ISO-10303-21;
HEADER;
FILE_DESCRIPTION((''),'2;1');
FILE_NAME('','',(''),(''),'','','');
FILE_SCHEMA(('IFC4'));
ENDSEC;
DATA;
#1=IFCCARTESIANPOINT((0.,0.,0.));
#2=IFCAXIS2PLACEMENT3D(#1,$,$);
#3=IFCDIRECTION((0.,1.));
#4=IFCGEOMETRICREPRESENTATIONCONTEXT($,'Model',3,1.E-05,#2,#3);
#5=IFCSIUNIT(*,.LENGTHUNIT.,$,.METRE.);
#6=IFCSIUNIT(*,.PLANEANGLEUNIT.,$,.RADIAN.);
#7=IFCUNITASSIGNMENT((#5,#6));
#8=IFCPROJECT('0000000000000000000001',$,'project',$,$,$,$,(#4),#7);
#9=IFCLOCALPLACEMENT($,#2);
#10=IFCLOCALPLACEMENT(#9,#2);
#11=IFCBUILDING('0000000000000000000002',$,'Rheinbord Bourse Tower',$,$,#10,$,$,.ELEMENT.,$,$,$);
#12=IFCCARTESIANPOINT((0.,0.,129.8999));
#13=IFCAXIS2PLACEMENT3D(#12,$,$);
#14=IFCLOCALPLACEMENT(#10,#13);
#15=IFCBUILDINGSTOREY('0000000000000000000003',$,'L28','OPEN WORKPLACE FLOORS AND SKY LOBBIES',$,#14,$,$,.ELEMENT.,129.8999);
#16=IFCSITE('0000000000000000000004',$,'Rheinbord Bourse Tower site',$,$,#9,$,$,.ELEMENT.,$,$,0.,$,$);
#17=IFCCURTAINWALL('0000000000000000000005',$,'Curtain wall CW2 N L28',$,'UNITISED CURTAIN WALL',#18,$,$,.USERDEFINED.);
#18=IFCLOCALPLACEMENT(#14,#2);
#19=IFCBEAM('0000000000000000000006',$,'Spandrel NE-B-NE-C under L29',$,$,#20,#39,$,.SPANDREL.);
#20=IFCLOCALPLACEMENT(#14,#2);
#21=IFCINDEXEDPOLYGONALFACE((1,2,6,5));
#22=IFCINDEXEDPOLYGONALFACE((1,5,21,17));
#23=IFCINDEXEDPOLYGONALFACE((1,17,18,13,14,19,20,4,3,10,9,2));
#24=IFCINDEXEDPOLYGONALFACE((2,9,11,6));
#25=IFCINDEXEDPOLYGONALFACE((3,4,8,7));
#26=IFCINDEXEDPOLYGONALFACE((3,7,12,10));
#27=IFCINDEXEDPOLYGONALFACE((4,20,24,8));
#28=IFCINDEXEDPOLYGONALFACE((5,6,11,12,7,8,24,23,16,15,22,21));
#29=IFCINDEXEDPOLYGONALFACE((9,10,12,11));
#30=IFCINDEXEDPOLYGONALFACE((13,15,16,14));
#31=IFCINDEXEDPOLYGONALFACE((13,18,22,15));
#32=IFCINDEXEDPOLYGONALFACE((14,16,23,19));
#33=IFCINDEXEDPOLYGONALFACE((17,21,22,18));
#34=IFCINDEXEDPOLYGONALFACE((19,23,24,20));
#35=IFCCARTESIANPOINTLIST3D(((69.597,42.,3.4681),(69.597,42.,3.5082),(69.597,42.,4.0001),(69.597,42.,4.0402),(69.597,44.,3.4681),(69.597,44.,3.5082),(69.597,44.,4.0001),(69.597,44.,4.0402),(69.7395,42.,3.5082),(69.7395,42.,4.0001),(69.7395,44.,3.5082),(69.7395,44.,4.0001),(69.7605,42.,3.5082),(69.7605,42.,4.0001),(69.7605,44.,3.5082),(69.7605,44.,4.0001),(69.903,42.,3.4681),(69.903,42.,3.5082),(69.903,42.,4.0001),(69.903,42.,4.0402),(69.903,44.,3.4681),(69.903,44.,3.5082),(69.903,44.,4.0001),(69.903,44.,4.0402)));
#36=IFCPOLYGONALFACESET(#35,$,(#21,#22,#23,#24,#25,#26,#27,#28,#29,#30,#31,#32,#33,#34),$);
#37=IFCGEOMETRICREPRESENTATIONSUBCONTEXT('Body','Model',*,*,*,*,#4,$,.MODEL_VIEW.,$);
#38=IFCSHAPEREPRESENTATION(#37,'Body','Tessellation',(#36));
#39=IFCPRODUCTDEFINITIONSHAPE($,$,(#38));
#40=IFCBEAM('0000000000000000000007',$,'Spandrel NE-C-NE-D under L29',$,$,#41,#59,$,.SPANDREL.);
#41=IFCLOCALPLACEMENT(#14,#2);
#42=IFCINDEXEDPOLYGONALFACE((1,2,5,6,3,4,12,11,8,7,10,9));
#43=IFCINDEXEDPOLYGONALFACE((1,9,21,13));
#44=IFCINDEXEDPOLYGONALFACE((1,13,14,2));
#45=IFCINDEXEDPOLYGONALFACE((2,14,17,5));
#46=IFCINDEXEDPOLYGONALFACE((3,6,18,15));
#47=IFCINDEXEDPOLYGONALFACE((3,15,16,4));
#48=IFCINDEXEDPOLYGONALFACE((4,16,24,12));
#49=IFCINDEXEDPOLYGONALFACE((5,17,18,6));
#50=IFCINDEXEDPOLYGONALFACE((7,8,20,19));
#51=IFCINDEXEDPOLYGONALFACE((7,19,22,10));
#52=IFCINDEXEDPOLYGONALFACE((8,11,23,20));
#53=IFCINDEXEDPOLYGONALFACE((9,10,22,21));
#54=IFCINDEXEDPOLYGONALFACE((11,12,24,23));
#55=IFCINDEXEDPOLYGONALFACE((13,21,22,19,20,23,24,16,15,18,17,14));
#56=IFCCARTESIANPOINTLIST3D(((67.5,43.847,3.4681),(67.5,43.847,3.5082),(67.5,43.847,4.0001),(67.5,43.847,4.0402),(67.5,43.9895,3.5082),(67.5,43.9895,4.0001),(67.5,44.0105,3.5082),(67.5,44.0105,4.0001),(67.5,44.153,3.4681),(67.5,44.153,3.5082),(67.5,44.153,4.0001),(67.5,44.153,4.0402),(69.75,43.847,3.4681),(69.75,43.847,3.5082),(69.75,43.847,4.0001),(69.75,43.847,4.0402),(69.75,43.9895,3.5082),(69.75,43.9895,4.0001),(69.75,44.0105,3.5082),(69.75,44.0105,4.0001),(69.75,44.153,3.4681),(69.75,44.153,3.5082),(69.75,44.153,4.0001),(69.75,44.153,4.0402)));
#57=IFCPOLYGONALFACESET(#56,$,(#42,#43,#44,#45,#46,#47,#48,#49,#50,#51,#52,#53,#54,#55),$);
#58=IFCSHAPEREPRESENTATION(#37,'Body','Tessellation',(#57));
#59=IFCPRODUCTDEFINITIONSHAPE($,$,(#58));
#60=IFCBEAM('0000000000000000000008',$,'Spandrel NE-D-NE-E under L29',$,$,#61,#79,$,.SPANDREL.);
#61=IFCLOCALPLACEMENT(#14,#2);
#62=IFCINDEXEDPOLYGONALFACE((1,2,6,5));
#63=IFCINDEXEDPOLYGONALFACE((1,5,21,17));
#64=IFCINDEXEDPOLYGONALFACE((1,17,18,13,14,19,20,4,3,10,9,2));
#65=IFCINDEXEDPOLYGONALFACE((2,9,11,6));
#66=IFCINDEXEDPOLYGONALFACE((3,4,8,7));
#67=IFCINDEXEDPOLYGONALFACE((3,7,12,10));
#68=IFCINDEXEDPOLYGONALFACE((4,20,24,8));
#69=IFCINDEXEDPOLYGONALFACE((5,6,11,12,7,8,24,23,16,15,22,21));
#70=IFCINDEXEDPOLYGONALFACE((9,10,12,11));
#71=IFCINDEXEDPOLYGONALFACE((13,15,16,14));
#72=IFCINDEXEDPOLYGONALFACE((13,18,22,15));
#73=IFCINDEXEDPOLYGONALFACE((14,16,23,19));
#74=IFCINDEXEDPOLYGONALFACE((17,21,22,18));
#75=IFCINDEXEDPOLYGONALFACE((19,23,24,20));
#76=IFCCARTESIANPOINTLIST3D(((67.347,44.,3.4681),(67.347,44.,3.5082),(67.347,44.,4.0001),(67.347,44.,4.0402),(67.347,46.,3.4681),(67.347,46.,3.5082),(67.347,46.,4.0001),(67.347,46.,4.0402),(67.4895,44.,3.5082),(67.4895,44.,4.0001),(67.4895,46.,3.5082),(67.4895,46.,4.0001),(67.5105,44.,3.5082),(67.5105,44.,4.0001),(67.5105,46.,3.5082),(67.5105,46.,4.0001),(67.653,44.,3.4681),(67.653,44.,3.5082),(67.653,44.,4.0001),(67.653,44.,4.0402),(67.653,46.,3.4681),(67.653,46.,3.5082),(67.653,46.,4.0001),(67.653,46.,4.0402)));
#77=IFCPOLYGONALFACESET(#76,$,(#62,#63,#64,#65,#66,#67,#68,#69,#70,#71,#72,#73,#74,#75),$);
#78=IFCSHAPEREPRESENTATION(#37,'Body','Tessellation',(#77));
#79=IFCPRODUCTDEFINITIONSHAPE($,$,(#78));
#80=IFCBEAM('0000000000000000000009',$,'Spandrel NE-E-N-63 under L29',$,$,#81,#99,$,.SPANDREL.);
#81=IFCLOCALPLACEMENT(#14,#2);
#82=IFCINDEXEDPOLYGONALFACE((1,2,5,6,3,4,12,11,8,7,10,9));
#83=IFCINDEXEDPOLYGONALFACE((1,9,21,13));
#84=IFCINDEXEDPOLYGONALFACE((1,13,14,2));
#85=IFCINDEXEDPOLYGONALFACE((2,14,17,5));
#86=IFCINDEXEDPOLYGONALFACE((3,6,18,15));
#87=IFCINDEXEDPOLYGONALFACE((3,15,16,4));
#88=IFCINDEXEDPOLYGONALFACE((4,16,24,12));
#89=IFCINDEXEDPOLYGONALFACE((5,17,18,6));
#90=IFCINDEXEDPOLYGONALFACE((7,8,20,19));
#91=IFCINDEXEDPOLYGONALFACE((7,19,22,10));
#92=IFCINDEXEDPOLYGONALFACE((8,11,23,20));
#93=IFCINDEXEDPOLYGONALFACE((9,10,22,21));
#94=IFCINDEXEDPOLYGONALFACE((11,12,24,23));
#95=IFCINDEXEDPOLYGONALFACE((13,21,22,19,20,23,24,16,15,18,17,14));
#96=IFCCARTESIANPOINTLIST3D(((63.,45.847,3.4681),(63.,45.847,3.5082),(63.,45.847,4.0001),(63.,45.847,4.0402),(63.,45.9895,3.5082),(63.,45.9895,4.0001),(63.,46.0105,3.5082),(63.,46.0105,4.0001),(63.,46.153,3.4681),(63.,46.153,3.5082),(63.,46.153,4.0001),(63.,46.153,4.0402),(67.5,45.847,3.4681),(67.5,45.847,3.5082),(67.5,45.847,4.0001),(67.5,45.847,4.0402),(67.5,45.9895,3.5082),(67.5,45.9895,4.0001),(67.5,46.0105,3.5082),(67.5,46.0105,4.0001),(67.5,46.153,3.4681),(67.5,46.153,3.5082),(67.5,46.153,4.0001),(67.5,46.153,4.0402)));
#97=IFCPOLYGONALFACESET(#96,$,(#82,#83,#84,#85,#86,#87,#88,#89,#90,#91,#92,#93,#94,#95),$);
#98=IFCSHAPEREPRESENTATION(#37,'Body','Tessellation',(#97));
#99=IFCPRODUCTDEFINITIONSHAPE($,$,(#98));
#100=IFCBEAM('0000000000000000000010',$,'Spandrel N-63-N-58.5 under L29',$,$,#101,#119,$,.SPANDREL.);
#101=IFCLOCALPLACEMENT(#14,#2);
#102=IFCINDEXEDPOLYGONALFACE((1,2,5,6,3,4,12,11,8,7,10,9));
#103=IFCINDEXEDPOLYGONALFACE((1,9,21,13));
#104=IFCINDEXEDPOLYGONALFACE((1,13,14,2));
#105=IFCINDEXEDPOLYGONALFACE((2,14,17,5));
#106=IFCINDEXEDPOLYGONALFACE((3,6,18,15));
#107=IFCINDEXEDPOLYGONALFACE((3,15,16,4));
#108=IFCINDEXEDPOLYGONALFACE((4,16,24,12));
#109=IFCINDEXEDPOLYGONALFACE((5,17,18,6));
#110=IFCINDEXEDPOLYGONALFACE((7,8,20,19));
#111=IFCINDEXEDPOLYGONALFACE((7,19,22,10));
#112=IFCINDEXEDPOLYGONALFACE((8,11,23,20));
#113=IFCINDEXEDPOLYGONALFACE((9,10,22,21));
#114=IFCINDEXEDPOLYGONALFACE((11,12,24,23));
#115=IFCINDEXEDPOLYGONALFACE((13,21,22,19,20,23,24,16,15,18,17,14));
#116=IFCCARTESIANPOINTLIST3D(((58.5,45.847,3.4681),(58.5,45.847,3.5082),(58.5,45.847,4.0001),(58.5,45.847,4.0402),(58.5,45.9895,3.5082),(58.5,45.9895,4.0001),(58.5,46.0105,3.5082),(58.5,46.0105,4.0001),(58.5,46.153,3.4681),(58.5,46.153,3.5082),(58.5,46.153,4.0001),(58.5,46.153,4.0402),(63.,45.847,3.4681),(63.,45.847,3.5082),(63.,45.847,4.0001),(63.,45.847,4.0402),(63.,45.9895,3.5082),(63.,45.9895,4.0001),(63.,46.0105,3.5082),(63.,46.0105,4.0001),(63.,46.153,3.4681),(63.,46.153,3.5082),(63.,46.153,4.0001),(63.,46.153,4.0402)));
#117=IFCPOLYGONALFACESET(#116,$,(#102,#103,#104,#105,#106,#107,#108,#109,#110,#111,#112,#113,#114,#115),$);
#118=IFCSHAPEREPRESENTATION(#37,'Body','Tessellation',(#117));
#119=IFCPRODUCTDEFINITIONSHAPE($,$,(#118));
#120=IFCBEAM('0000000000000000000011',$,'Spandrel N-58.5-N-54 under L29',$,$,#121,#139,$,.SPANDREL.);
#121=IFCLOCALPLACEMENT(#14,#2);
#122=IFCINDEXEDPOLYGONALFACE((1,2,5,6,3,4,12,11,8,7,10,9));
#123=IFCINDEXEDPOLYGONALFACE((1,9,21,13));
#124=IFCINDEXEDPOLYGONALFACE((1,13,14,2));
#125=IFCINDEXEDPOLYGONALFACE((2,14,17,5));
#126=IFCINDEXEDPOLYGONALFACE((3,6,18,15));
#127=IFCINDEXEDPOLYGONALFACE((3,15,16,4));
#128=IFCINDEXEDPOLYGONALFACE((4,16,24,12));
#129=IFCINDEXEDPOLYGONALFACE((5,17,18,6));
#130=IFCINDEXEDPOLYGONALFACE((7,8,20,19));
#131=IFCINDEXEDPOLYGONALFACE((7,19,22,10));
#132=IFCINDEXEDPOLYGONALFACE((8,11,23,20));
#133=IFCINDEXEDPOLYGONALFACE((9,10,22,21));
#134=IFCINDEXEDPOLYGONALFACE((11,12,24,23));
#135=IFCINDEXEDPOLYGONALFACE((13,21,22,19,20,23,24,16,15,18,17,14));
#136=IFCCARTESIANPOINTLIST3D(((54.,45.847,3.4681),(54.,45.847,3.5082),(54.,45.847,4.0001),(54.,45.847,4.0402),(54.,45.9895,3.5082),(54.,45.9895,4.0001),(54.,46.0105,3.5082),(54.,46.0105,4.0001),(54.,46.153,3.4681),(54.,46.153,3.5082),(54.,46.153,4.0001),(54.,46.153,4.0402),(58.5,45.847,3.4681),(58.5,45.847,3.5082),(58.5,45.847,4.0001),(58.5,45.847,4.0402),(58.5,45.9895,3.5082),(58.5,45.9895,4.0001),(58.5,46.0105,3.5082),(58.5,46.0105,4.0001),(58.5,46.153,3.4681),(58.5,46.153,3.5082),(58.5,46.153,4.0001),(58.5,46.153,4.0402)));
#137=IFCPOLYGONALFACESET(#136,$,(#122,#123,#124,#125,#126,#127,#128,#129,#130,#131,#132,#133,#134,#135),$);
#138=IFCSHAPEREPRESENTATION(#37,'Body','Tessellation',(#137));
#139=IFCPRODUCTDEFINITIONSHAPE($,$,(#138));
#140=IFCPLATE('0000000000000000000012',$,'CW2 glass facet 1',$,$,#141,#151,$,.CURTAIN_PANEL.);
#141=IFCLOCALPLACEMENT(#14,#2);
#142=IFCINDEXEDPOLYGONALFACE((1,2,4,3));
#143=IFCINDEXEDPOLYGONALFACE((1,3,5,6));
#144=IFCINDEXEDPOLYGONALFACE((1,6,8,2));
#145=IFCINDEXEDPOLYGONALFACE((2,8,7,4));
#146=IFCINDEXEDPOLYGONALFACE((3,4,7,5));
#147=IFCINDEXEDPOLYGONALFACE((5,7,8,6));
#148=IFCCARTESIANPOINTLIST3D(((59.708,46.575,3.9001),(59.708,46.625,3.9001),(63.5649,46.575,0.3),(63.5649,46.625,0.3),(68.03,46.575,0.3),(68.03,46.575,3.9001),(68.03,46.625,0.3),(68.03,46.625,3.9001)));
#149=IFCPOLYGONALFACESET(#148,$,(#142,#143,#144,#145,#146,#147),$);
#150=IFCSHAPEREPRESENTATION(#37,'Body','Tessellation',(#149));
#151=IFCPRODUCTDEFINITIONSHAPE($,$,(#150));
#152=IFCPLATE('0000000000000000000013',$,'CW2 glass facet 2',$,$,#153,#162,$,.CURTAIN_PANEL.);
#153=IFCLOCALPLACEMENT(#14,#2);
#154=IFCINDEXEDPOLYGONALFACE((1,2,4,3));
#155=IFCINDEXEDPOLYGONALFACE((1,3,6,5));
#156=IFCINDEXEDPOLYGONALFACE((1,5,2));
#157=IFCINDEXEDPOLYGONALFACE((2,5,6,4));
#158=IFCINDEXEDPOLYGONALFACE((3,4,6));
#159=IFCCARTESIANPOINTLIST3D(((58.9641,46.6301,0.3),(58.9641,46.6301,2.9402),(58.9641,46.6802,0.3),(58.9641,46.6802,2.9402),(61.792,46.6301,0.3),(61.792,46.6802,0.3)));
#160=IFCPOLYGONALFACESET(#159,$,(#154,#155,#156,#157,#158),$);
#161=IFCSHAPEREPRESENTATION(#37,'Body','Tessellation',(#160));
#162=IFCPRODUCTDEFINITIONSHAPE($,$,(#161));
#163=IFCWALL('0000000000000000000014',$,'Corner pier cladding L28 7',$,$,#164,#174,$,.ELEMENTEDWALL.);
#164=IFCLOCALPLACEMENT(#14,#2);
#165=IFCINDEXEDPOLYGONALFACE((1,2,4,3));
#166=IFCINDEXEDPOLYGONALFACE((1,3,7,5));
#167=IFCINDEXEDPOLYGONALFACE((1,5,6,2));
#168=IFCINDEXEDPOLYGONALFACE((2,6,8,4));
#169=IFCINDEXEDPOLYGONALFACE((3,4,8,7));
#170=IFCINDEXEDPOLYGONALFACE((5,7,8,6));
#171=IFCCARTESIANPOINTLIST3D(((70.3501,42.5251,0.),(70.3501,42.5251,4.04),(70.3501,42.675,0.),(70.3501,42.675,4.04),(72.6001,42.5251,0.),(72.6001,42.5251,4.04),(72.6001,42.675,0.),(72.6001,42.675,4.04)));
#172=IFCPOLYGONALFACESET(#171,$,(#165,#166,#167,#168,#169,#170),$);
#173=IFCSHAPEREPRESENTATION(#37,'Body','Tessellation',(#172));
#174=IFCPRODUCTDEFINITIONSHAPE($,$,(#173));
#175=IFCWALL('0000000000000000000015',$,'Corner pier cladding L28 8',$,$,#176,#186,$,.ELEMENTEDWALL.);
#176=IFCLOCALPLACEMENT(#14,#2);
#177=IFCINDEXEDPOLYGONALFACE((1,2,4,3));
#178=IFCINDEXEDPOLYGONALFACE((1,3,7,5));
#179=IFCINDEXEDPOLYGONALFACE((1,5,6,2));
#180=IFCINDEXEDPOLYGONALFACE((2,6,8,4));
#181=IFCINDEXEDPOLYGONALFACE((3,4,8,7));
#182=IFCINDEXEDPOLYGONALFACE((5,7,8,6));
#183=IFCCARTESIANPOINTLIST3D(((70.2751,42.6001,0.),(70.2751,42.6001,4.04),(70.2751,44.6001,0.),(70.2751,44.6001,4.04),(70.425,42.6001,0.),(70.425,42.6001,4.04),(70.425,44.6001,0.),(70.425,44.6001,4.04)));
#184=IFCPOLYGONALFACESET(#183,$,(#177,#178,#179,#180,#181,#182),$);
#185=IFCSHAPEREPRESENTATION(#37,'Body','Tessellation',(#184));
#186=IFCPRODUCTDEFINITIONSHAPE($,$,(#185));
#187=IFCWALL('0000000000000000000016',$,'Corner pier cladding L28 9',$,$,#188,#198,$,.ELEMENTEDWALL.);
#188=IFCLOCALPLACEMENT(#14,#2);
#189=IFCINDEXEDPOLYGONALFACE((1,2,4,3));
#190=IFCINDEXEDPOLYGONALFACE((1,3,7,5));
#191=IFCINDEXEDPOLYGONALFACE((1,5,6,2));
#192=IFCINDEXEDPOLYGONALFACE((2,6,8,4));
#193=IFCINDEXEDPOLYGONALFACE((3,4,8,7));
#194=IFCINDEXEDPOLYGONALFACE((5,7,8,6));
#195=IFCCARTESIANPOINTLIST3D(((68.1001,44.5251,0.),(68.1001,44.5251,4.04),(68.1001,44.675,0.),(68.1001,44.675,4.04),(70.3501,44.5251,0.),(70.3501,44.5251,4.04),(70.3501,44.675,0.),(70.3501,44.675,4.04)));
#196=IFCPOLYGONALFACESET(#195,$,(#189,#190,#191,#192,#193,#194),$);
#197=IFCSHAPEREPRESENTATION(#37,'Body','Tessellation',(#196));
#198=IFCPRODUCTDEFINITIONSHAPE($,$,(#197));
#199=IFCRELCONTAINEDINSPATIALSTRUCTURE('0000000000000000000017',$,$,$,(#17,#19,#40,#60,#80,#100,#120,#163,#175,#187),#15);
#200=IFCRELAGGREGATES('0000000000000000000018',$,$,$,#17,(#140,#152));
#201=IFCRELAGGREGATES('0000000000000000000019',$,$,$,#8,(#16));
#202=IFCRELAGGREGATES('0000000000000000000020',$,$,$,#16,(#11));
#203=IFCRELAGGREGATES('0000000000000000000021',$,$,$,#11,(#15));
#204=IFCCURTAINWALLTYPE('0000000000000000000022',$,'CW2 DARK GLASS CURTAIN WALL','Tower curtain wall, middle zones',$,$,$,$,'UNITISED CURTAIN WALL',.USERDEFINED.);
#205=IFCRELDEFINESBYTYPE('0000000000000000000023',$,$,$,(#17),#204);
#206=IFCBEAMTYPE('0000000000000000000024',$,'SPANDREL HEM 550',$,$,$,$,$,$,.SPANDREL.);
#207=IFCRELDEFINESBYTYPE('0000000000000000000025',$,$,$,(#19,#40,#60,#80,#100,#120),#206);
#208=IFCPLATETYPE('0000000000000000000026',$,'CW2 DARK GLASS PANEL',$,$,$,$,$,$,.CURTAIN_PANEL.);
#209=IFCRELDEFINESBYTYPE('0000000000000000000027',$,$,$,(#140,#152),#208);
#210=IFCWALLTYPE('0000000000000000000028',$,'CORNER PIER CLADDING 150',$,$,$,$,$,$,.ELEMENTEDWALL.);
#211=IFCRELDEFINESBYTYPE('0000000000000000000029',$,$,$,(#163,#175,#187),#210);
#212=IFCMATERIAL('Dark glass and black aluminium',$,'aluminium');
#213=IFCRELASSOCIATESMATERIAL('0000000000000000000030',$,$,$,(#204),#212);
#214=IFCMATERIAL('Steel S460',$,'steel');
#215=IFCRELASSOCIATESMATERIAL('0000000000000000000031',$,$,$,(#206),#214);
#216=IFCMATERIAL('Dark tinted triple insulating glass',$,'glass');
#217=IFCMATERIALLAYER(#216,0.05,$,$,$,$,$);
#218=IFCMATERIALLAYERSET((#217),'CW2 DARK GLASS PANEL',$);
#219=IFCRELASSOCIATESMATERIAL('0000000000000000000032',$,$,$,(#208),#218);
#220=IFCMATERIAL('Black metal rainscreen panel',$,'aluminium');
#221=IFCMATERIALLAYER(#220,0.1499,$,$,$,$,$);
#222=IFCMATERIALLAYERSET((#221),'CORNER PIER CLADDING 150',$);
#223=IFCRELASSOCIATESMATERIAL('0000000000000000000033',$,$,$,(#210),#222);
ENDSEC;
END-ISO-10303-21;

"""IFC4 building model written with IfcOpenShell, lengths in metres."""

from ifc_helpers import new_model, si_unit, direction, frame, frame_2d, origin, origin_2d, place, context, subcontext, project, spatial, polyline, rectangle, i_section, outline, extrude, material, layer, layer_set, material_profile, profile_set, type_object, element, aggregate, save


model = new_model("IFC4")

# Units and contexts
model_context = context("Model", 3, precision=1e-05, world=origin(), true_north=direction((0.0, 1.0)))
body_context = subcontext(model_context, "Body", "Model", "MODEL_VIEW")
ifc_project = project(units=[si_unit("LENGTHUNIT", "METRE"), si_unit("PLANEANGLEUNIT", "RADIAN")], contexts=[model_context])

# Site, building, storey
site_placement = place(None, origin())
site = spatial("IfcSite", under=ifc_project, at=site_placement, Name="Rheinbord Bourse Tower site", CompositionType="ELEMENT", RefElevation=0.0)
building_placement = place(site_placement, origin())
building = spatial("IfcBuilding", under=site, at=building_placement, Name="Rheinbord Bourse Tower", CompositionType="ELEMENT")
storey_placement = place(building_placement, frame((0.0, 0.0, 129.8999)))
storey = spatial("IfcBuildingStorey", under=building, at=storey_placement, Name="L28", Description="OPEN WORKPLACE FLOORS AND SKY LOBBIES", CompositionType="ELEMENT", Elevation=129.8999)

# Curtain wall
ifc_material_1 = material(Name="Dark glass and black aluminium", Category="aluminium")
curtain_wall_type = type_object("IfcCurtainWallType", Name="CW2 DARK GLASS CURTAIN WALL", Description="Tower curtain wall, middle zones", ElementType="UNITISED CURTAIN WALL", PredefinedType="USERDEFINED", material=ifc_material_1)
curtain_wall_1_placement = place(storey_placement, origin())
curtain_wall_1 = element("IfcCurtainWall", 1, at=curtain_wall_1_placement, inside=storey, type_object=curtain_wall_type, Name="Curtain wall CW2 N L28", ObjectType="UNITISED CURTAIN WALL", PredefinedType="USERDEFINED")

# Beams
ifc_material_2 = material(Name="Steel S460", Category="steel")
ifc_material_profile_1 = material_profile(ifc_material_2, i_section(OverallWidth=0.3059, OverallDepth=0.572, WebThickness=0.021, FlangeThickness=0.04, at=origin_2d()), Name="HEM 550")
ifc_profile_set_1 = profile_set([ifc_material_profile_1], Name="Steel S460")
beam_type_1 = type_object("IfcBeamType", Name="SPANDREL HEM 550", PredefinedType="SPANDREL", material=ifc_profile_set_1)
beam_1_placement = place(storey_placement, frame((69.75, 42.0, 3.7542), z_axis=(0.0, 1.0, 0.0), x_axis=(-1.0, 0.0, 0.0)))
element("IfcBeam", 2, at=beam_1_placement, inside=storey, type_object=beam_type_1, Name="Spandrel NE-B-NE-C under L29", PredefinedType="SPANDREL", context=body_context, shape_type="SweptSolid", body=[
    extrude(i_section(OverallWidth=0.3059, OverallDepth=0.572, WebThickness=0.021, FlangeThickness=0.04, at=origin_2d()), origin(), (0.0, 0.0, 1.0), 2.0),
])
beam_2_placement = place(storey_placement, frame((69.75, 44.0, 3.7542), z_axis=(-1.0, 0.0, 0.0), x_axis=(0.0, -1.0, 0.0)))
element("IfcBeam", 3, at=beam_2_placement, inside=storey, type_object=beam_type_1, Name="Spandrel NE-C-NE-D under L29", PredefinedType="SPANDREL", context=body_context, shape_type="SweptSolid", body=[
    extrude(i_section(OverallWidth=0.3059, OverallDepth=0.572, WebThickness=0.021, FlangeThickness=0.04, at=origin_2d()), origin(), (0.0, 0.0, 1.0), 2.25),
])
beam_3_placement = place(storey_placement, frame((67.5, 44.0, 3.7542), z_axis=(0.0, 1.0, 0.0), x_axis=(-1.0, 0.0, 0.0)))
element("IfcBeam", 4, at=beam_3_placement, inside=storey, type_object=beam_type_1, Name="Spandrel NE-D-NE-E under L29", PredefinedType="SPANDREL", context=body_context, shape_type="SweptSolid", body=[
    extrude(i_section(OverallWidth=0.3059, OverallDepth=0.572, WebThickness=0.021, FlangeThickness=0.04, at=origin_2d()), origin(), (0.0, 0.0, 1.0), 2.0),
])
for number, where, z_axis, x_axis, name in (
    (5, (67.5, 46.0, 3.7542), (-1.0, 0.0, 0.0), (0.0, -1.0, 0.0), "Spandrel NE-E-N-63 under L29"),
    (6, (63.0, 46.0, 3.7542), (-1.0, 0.0, 0.0), (0.0, -1.0, 0.0), "Spandrel N-63-N-58.5 under L29"),
    (7, (58.5, 46.0, 3.7542), (-1.0, 0.0, 0.0), (0.0, -1.0, 0.0), "Spandrel N-58.5-N-54 under L29"),
):
    element("IfcBeam", number, at=place(storey_placement, frame(where, z_axis=z_axis, x_axis=x_axis)), inside=storey, type_object=beam_type_1, Name=name, PredefinedType="SPANDREL", context=body_context, shape_type="SweptSolid", body=[
        extrude(i_section(OverallWidth=0.3059, OverallDepth=0.572, WebThickness=0.021, FlangeThickness=0.04, at=origin_2d()), origin(), (0.0, 0.0, 1.0), 4.5),
    ])

# Plates
ifc_material_3 = material(Name="Dark tinted triple insulating glass", Category="glass")
ifc_layer_1 = layer(ifc_material_3, 0.05)
ifc_layer_set_1 = layer_set([ifc_layer_1], Name="CW2 DARK GLASS PANEL")
plate_type = type_object("IfcPlateType", Name="CW2 DARK GLASS PANEL", PredefinedType="CURTAIN_PANEL", material=ifc_layer_set_1)
plate_1_placement = place(storey_placement, frame((68.03, 46.625, 0.3), z_axis=(0.0, -1.0, 0.0), x_axis=(0.0, 0.0, 1.0)))
plate_1 = element("IfcPlate", 8, at=plate_1_placement, type_object=plate_type, Name="CW2 glass facet 1", PredefinedType="CURTAIN_PANEL", context=body_context, shape_type="SweptSolid", body=[
    extrude(outline(polyline([(0.0, 0.0), (3.6001, 0.0), (3.6001, 8.322), (0.0, 4.4651), (0.0, 0.0)])), origin(), (0.0, 0.0, 1.0), 0.05),
])
plate_2_placement = place(storey_placement, frame((58.9641, 46.6802, 0.3), z_axis=(0.0, -1.0, 0.0), x_axis=(1.0, 0.0, 0.0)))
plate_2 = element("IfcPlate", 9, at=plate_2_placement, type_object=plate_type, Name="CW2 glass facet 2", PredefinedType="CURTAIN_PANEL", context=body_context, shape_type="SweptSolid", body=[
    extrude(outline(polyline([(0.0, 0.0), (2.8279, 0.0), (0.0, 2.6401), (0.0, 0.0)])), origin(), (0.0, 0.0, 1.0), 0.05),
])
aggregate(curtain_wall_1, [plate_1, plate_2])

# Walls
ifc_material_4 = material(Name="Black metal rainscreen panel", Category="aluminium")
ifc_layer_2 = layer(ifc_material_4, 0.1499)
ifc_layer_set_2 = layer_set([ifc_layer_2], Name="CORNER PIER CLADDING 150")
wall_type = type_object("IfcWallType", Name="CORNER PIER CLADDING 150", PredefinedType="ELEMENTEDWALL", material=ifc_layer_set_2)
wall_1_placement = place(storey_placement, frame((72.6001, 42.6001, 0.0), z_axis=(0.0, 0.0, 1.0), x_axis=(-1.0, 0.0, 0.0)))
element("IfcWall", 10, at=wall_1_placement, inside=storey, type_object=wall_type, Name="Corner pier cladding L28 7", PredefinedType="ELEMENTEDWALL", context=body_context, shape_type="SweptSolid", body=[
    extrude(rectangle(XDim=2.25, YDim=0.1499, at=frame_2d((1.125, 0.0))), origin(), (0.0, 0.0, 1.0), 4.04),
])
wall_2_placement = place(storey_placement, frame((70.3501, 42.6001, 0.0), z_axis=(0.0, 0.0, 1.0), x_axis=(0.0, 1.0, 0.0)))
element("IfcWall", 11, at=wall_2_placement, inside=storey, type_object=wall_type, Name="Corner pier cladding L28 8", PredefinedType="ELEMENTEDWALL", context=body_context, shape_type="SweptSolid", body=[
    extrude(rectangle(XDim=2.0, YDim=0.1499, at=frame_2d((1.0, 0.0))), origin(), (0.0, 0.0, 1.0), 4.04),
])
wall_3_placement = place(storey_placement, frame((70.3501, 44.6001, 0.0), z_axis=(0.0, 0.0, 1.0), x_axis=(-1.0, 0.0, 0.0)))
element("IfcWall", 12, at=wall_3_placement, inside=storey, type_object=wall_type, Name="Corner pier cladding L28 9", PredefinedType="ELEMENTEDWALL", context=body_context, shape_type="SweptSolid", body=[
    extrude(rectangle(XDim=2.25, YDim=0.1499, at=frame_2d((1.125, 0.0))), origin(), (0.0, 0.0, 1.0), 4.04),
])

save(model, "model.ifc")
